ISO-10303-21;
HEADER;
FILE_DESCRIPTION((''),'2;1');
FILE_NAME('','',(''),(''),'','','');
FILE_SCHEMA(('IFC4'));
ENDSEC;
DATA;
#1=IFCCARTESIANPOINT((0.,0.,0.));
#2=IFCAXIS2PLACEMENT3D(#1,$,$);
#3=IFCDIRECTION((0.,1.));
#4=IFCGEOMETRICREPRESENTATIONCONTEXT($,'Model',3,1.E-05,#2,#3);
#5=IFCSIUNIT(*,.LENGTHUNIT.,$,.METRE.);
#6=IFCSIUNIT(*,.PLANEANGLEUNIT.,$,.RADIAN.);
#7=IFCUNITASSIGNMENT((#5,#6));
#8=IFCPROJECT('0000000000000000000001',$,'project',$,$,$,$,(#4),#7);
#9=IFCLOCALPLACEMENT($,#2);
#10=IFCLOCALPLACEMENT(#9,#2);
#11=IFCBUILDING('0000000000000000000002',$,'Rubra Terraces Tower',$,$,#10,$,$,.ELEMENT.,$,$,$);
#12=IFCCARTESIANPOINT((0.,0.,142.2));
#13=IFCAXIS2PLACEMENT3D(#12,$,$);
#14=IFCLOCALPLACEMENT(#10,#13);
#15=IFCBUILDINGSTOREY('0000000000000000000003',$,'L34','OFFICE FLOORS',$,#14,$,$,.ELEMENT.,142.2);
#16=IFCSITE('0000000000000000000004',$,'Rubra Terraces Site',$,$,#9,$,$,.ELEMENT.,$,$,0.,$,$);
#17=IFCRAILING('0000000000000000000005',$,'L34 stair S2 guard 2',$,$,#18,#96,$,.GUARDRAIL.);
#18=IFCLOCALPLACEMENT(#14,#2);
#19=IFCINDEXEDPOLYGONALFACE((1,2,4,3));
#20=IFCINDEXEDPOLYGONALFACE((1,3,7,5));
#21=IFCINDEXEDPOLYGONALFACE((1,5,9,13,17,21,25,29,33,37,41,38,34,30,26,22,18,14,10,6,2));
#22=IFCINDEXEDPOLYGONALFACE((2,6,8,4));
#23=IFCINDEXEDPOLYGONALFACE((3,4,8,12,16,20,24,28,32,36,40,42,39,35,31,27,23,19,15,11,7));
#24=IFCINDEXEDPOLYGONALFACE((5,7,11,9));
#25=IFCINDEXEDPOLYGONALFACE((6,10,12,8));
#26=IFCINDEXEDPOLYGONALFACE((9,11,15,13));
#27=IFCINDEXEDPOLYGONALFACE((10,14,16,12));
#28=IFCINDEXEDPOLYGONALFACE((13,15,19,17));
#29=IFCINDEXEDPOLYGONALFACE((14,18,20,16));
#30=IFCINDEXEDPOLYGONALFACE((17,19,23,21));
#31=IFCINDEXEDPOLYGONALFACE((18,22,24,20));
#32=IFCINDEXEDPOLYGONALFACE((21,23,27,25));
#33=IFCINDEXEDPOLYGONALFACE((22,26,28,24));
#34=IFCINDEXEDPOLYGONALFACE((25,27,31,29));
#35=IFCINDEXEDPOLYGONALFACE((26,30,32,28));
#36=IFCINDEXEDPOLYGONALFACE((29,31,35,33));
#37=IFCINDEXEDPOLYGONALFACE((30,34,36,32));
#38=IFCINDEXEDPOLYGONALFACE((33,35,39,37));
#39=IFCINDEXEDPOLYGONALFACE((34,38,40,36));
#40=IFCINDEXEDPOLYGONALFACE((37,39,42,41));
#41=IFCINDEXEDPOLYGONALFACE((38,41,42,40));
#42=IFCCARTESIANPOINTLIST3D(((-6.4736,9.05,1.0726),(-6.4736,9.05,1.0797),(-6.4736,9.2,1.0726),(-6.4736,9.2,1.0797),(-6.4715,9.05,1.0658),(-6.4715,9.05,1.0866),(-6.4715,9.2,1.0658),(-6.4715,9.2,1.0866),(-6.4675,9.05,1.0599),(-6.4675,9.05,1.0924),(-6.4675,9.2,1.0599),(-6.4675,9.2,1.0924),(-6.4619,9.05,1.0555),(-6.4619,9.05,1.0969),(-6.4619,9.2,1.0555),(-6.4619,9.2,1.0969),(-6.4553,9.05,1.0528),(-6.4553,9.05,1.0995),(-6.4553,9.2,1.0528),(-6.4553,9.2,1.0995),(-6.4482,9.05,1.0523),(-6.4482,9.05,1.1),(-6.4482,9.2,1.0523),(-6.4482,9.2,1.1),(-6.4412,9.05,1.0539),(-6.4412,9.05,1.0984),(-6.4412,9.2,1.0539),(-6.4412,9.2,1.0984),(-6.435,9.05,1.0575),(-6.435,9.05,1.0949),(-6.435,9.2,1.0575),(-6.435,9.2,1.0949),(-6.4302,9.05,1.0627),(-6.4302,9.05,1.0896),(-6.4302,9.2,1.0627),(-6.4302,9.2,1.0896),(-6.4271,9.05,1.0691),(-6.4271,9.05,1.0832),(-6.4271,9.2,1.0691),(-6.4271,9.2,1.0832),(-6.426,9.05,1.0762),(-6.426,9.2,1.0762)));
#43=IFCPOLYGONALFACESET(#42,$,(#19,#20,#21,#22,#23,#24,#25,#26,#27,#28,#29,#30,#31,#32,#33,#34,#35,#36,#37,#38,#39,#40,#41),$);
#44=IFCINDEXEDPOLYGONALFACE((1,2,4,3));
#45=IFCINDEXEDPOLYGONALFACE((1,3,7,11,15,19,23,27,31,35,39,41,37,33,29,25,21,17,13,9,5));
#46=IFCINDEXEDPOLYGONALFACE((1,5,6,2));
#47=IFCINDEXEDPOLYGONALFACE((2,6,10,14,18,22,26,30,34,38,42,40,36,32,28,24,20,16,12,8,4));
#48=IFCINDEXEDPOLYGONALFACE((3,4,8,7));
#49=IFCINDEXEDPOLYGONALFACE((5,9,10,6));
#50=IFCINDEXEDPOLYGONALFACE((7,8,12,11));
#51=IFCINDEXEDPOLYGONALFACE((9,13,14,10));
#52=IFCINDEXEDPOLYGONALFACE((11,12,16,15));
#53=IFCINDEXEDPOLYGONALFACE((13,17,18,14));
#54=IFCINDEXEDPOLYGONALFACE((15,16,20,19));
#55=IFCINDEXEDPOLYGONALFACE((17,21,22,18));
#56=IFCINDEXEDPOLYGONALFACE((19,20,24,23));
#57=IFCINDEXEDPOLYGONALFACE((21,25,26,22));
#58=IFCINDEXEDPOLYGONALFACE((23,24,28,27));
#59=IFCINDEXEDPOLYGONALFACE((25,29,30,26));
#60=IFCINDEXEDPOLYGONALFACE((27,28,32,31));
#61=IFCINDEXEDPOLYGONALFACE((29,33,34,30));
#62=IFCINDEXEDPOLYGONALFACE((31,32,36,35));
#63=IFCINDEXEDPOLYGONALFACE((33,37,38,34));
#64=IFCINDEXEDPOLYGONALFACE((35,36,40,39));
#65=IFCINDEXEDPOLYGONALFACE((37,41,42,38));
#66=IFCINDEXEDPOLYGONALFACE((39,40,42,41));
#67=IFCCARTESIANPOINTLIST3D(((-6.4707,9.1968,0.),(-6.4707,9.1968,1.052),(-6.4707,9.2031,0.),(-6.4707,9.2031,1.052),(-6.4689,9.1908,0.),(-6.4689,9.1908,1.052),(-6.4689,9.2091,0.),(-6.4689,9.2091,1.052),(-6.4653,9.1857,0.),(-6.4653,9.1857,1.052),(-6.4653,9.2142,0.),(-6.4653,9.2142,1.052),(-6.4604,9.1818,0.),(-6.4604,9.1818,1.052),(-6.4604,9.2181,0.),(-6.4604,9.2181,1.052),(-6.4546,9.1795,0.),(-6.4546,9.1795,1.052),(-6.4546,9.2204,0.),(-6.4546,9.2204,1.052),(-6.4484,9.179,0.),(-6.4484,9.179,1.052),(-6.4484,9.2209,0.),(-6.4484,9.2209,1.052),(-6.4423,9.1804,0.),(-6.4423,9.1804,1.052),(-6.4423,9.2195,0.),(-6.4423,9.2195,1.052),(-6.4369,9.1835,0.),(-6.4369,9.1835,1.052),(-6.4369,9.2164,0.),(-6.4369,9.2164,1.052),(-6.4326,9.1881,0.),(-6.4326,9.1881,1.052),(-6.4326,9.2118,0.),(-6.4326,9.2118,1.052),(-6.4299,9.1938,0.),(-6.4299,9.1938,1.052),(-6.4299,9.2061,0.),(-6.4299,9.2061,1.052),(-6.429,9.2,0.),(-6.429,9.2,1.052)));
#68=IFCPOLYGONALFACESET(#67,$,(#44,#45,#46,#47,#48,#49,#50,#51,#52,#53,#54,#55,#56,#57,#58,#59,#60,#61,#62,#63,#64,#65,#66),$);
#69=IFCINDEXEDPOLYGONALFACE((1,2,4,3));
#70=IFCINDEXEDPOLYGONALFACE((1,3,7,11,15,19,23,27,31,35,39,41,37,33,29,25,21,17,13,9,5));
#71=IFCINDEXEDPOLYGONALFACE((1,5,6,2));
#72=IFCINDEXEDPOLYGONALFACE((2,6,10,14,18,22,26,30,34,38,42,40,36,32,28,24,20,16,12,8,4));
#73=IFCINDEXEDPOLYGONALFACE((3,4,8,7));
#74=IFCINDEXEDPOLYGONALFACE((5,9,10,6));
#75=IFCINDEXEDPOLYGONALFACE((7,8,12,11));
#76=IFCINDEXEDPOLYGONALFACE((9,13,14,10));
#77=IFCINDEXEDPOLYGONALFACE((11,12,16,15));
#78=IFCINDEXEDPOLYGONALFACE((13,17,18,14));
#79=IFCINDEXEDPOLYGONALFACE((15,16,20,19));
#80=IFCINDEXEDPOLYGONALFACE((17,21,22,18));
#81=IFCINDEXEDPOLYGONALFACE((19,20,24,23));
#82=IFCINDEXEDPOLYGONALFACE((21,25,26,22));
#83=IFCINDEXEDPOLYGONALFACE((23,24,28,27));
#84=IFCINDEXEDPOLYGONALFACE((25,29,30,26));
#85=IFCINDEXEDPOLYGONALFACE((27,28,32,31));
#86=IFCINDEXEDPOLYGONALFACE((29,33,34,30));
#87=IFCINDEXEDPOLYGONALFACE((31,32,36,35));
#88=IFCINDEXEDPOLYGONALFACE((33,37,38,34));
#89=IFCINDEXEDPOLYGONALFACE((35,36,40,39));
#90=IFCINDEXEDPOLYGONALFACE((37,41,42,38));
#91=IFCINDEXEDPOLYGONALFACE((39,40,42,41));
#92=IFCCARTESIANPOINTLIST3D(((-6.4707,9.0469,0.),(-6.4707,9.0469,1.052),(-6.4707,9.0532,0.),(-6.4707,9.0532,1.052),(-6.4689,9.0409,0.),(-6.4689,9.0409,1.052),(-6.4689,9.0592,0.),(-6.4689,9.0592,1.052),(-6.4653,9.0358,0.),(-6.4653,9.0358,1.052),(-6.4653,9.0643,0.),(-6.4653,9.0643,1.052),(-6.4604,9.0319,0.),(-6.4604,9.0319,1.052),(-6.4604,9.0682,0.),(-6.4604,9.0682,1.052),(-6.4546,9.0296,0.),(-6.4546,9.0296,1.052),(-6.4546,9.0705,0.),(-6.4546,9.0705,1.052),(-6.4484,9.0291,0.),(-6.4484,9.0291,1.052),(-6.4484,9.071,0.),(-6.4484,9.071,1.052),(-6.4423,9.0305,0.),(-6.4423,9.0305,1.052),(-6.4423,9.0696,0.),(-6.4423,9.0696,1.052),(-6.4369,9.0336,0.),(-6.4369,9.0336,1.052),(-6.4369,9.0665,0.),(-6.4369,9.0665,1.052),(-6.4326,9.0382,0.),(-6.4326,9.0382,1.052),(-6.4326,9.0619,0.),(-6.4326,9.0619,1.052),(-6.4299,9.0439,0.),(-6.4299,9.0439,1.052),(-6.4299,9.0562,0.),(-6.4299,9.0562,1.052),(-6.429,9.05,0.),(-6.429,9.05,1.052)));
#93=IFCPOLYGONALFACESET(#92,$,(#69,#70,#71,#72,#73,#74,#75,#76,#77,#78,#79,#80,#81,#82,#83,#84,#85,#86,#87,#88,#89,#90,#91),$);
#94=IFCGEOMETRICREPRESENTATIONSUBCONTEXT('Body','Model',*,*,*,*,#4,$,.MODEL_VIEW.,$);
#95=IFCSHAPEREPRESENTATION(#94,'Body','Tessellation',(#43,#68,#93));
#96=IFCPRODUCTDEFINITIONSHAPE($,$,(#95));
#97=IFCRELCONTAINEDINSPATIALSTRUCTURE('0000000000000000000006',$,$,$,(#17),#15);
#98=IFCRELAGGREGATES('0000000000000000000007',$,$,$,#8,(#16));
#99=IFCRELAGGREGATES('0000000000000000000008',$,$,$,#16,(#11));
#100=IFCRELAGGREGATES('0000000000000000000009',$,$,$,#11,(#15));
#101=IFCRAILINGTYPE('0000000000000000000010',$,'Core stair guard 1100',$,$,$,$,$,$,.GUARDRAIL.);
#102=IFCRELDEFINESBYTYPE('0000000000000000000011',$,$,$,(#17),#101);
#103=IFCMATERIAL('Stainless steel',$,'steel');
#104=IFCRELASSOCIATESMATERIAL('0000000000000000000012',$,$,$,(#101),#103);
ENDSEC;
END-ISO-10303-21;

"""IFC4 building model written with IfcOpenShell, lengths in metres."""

from ifc_helpers import new_model, si_unit, direction, frame, origin, origin_2d, place, context, subcontext, project, spatial, circle, extrude, material, type_object, element, save


model = new_model("IFC4")

# Units and contexts
model_context = context("Model", 3, precision=1e-05, world=origin(), true_north=direction((0.0, 1.0)))
body_context = subcontext(model_context, "Body", "Model", "MODEL_VIEW")
ifc_project = project(units=[si_unit("LENGTHUNIT", "METRE"), si_unit("PLANEANGLEUNIT", "RADIAN")], contexts=[model_context])

# Site, building, storey
site_placement = place(None, origin())
site = spatial("IfcSite", under=ifc_project, at=site_placement, Name="Rubra Terraces Site", CompositionType="ELEMENT", RefElevation=0.0)
building_placement = place(site_placement, origin())
building = spatial("IfcBuilding", under=site, at=building_placement, Name="Rubra Terraces Tower", CompositionType="ELEMENT")
storey_placement = place(building_placement, frame((0.0, 0.0, 142.2)))
storey = spatial("IfcBuildingStorey", under=building, at=storey_placement, Name="L34", Description="OFFICE FLOORS", CompositionType="ELEMENT", Elevation=142.2)

# Shared definitions
ifc_material_1 = material(Name="Stainless steel", Category="steel")

# Railing
railing_type_1 = type_object("IfcRailingType", Name="Core stair guard 1100", PredefinedType="GUARDRAIL", material=ifc_material_1)
railing_1_placement = place(storey_placement, frame((-6.45, 9.2, 0.0)))
element("IfcRailing", 1, at=railing_1_placement, inside=storey, type_object=railing_type_1, Name="L34 stair S2 guard 2", PredefinedType="GUARDRAIL", context=body_context, shape_type="SweptSolid", body=[
    extrude(circle(Radius=0.0239, at=origin_2d()), frame((0.0, 0.0, 1.0762), z_axis=(0.0, -1.0, 0.0), x_axis=(1.0, 0.0, 0.0)), (0.0, 0.0, 1.0), 0.1499),
    extrude(circle(Radius=0.021, at=origin_2d()), origin(), (0.0, 0.0, 1.0), 1.052),
    extrude(circle(Radius=0.021, at=origin_2d()), frame((0.0, -0.1499, 0.0)), (0.0, 0.0, 1.0), 1.052),
])

save(model, "model.ifc")
